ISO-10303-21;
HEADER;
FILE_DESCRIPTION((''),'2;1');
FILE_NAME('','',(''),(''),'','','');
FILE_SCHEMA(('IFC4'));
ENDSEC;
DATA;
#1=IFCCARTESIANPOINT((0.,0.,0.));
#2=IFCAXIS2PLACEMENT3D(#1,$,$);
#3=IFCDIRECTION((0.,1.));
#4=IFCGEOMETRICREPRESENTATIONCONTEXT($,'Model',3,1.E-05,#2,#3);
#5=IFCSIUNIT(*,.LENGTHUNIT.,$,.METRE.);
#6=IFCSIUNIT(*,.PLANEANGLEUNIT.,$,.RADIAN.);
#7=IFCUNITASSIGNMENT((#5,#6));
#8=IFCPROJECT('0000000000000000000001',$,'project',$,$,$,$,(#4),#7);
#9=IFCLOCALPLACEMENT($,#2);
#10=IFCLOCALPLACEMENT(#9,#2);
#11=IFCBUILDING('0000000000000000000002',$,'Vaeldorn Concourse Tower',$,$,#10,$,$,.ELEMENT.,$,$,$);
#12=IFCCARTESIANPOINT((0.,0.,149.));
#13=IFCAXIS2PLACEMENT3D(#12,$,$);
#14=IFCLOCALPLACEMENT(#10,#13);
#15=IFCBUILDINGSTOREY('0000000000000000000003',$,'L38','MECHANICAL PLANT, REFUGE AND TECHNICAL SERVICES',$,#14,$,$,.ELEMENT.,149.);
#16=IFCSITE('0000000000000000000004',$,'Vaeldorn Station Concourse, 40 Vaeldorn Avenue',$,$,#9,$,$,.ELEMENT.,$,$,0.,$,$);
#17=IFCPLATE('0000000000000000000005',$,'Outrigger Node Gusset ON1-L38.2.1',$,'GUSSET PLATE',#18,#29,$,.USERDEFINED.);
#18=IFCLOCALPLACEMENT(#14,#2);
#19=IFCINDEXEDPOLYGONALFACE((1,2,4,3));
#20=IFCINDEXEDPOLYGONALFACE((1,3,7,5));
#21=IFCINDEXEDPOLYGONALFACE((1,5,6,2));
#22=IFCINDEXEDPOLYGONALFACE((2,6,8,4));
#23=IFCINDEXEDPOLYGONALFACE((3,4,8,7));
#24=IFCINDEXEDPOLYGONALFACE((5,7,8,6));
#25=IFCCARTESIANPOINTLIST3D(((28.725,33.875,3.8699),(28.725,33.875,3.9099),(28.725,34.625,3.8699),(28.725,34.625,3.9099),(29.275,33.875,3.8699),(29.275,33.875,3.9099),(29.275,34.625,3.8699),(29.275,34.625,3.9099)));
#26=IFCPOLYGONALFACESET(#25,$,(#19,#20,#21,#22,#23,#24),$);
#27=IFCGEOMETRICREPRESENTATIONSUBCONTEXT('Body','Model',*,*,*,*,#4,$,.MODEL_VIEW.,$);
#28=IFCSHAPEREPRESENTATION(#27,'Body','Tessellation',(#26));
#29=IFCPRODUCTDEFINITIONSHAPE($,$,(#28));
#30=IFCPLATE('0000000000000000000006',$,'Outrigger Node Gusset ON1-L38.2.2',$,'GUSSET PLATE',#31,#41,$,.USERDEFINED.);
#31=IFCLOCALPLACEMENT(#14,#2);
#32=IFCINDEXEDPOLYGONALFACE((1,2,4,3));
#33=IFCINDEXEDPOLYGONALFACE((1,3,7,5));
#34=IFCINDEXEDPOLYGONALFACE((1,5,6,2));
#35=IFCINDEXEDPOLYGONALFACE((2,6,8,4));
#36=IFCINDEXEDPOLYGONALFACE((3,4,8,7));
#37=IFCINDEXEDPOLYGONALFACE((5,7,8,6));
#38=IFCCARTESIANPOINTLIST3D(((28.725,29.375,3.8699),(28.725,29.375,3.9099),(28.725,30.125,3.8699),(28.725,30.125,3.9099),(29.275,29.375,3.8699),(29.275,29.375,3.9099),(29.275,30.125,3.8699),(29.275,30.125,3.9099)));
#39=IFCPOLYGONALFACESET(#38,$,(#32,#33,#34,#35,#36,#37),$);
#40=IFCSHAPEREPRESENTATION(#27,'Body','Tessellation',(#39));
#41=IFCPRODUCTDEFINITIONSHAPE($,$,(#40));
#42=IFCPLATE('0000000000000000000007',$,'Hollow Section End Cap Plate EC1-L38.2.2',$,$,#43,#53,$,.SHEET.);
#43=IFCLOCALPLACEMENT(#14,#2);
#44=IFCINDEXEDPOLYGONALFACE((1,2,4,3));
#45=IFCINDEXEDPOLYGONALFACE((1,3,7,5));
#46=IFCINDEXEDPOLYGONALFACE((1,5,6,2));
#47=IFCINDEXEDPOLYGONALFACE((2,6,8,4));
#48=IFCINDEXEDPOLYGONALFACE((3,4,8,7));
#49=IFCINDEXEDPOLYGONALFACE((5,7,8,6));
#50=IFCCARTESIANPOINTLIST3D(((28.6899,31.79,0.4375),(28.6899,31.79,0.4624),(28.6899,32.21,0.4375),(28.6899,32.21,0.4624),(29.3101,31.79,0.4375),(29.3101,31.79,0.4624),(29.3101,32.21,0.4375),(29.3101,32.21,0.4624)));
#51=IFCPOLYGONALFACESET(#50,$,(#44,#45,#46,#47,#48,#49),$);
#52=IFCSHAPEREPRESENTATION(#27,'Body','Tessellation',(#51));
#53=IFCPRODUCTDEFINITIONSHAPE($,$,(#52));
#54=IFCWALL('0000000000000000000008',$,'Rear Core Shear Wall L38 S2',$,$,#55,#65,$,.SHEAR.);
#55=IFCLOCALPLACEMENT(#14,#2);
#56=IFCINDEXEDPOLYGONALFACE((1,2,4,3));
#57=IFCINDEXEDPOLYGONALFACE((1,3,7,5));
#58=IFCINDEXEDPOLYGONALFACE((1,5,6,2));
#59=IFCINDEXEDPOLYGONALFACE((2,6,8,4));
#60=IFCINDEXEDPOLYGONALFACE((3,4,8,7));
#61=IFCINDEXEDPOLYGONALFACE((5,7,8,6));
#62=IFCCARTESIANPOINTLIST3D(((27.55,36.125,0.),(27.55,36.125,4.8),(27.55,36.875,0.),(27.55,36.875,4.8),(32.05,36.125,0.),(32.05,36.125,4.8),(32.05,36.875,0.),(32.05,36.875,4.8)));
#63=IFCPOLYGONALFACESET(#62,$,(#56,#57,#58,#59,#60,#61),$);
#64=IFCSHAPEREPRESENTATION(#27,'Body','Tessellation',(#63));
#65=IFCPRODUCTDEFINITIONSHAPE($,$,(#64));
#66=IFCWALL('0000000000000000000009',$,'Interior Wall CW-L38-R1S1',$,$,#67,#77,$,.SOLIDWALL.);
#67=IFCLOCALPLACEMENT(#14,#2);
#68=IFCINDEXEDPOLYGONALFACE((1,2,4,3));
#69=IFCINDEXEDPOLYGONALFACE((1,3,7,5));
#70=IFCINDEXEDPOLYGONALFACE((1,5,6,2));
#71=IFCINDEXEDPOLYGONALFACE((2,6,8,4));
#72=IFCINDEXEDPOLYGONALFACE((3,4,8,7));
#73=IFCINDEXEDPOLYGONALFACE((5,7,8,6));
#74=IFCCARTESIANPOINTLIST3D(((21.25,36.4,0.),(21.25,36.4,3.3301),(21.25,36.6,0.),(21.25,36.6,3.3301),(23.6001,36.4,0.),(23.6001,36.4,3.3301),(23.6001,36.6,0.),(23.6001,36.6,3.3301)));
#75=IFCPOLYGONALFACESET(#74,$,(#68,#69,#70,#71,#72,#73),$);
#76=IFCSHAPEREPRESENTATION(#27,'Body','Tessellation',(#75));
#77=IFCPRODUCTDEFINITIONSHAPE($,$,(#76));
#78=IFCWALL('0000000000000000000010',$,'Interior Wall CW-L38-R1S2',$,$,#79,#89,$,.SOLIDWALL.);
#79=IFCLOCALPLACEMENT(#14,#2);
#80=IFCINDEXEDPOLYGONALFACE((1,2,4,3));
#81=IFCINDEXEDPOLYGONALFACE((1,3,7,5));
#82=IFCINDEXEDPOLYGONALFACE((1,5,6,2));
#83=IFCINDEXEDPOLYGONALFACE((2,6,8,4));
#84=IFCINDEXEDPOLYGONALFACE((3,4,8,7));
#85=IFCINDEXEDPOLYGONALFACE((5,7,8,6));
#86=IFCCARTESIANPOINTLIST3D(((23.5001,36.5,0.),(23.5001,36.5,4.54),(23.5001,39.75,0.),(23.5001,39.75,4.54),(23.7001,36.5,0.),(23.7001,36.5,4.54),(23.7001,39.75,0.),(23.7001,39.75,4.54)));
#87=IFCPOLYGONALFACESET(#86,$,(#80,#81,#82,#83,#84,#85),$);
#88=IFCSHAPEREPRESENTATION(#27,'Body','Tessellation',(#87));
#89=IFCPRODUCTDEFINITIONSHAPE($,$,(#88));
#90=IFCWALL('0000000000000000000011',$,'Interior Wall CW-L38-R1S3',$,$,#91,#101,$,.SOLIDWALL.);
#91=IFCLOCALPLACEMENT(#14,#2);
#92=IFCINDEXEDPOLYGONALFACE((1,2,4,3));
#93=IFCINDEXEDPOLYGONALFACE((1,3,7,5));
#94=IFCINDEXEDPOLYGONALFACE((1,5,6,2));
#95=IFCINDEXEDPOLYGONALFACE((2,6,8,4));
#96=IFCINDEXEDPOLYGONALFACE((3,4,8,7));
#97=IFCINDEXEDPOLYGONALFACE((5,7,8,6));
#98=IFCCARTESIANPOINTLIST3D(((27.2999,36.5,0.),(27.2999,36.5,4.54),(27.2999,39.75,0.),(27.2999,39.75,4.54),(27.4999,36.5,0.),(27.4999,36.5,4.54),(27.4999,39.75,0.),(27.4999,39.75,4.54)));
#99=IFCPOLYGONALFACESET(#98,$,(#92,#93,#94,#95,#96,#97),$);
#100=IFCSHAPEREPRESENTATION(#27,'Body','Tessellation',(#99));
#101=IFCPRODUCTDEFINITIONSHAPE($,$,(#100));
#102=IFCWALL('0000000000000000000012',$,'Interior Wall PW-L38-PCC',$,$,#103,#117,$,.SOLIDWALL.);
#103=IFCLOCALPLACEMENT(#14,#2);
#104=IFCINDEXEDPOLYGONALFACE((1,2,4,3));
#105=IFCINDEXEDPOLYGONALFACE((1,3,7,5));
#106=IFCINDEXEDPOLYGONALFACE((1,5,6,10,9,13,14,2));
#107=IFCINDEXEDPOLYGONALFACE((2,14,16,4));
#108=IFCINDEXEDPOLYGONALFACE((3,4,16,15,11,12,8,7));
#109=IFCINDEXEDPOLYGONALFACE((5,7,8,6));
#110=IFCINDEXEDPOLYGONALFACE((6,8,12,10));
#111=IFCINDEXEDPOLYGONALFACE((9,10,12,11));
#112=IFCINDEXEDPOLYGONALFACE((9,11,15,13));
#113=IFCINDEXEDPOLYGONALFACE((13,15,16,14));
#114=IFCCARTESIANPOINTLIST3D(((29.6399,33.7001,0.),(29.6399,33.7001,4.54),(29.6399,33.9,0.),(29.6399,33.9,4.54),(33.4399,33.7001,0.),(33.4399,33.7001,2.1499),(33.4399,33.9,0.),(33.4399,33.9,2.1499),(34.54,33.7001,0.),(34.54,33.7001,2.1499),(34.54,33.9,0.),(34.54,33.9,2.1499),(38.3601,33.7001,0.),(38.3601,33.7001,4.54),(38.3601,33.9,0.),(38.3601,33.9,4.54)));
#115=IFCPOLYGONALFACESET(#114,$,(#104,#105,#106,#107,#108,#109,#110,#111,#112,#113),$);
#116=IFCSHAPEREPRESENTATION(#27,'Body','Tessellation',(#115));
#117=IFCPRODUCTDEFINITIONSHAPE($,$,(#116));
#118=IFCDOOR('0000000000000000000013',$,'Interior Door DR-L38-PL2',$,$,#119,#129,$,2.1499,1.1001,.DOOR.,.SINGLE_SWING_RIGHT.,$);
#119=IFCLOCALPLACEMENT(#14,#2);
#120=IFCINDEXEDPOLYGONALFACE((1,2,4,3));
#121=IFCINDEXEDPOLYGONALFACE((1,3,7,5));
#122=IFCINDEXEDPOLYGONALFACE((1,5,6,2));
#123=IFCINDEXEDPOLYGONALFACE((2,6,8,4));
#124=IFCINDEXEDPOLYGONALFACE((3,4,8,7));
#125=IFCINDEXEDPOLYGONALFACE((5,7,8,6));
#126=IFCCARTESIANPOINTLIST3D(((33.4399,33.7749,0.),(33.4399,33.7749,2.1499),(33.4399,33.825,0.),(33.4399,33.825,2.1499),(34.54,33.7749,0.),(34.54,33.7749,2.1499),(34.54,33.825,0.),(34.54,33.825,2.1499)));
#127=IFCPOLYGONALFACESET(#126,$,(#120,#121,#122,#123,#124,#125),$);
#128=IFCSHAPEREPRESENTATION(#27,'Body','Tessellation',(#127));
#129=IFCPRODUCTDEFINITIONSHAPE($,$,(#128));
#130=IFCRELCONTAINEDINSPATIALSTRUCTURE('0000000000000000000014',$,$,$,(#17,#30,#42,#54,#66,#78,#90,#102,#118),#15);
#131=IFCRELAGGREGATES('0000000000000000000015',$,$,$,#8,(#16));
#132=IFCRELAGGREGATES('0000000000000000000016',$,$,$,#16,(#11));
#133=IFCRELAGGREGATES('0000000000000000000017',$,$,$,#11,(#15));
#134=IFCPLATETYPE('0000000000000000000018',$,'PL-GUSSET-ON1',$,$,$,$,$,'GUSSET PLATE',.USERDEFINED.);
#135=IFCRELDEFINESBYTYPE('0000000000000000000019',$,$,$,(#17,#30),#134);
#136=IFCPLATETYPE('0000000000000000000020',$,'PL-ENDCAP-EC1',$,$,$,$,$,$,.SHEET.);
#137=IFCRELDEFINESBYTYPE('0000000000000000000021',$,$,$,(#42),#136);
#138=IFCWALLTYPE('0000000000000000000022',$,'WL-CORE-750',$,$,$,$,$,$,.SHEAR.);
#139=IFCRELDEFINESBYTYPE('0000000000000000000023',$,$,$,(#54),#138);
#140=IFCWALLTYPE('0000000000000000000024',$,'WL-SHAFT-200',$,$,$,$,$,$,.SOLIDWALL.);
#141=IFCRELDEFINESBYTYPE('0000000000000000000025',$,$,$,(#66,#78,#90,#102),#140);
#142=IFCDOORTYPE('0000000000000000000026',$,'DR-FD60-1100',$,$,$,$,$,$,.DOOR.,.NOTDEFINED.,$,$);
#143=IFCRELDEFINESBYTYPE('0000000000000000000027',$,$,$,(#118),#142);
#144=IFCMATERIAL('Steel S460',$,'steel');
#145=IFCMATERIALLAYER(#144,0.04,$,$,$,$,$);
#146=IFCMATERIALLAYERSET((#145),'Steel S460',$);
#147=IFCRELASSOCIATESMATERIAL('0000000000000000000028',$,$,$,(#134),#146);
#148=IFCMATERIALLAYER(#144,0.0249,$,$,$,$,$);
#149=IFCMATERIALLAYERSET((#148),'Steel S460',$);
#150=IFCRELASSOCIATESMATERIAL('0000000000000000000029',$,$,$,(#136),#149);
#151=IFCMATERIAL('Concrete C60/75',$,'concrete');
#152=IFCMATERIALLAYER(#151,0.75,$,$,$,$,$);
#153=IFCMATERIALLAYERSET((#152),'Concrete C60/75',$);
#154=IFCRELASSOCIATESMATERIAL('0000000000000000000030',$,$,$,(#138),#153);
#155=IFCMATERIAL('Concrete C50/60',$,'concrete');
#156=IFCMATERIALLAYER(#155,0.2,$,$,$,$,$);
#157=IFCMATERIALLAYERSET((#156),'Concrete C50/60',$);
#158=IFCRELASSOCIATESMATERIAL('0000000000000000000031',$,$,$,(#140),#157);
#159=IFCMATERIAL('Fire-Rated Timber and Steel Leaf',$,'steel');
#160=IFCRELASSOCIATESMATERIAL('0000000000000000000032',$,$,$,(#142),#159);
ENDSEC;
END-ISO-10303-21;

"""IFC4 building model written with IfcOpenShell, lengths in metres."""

from ifc_helpers import new_model, si_unit, direction, frame, frame_2d, origin, origin_2d, place, context, subcontext, project, spatial, rectangle, extrude, source, transform, mapped, material, layer, layer_set, type_object, element, fill, save


model = new_model("IFC4")

# Units and contexts
model_context = context("Model", 3, precision=1e-05, world=origin(), true_north=direction((0.0, 1.0)))
body_context = subcontext(model_context, "Body", "Model", "MODEL_VIEW")
ifc_project = project(units=[si_unit("LENGTHUNIT", "METRE"), si_unit("PLANEANGLEUNIT", "RADIAN")], contexts=[model_context])

# Site, building, storey
site_placement = place(None, origin())
site = spatial("IfcSite", under=ifc_project, at=site_placement, Name="Vaeldorn Station Concourse, 40 Vaeldorn Avenue", CompositionType="ELEMENT", RefElevation=0.0)
building_placement = place(site_placement, origin())
building = spatial("IfcBuilding", under=site, at=building_placement, Name="Vaeldorn Concourse Tower", CompositionType="ELEMENT")
storey_placement = place(building_placement, frame((0.0, 0.0, 149.0)))
storey = spatial("IfcBuildingStorey", under=building, at=storey_placement, Name="L38", Description="MECHANICAL PLANT, REFUGE AND TECHNICAL SERVICES", CompositionType="ELEMENT", Elevation=149.0)

# Shared definitions
ifc_material_1 = material(Name="Steel S460", Category="steel")

# Plates
ifc_layer_1 = layer(ifc_material_1, 0.04)
ifc_layer_set_1 = layer_set([ifc_layer_1], Name="Steel S460")
plate_type_1 = type_object("IfcPlateType", Name="PL-GUSSET-ON1", ElementType="GUSSET PLATE", PredefinedType="USERDEFINED", material=ifc_layer_set_1)
shared_shape_1 = source(origin(), body_context, "Body", "SweptSolid", [
    extrude(rectangle(XDim=0.75, YDim=0.55, at=origin_2d()), origin(), (0.0, 0.0, 1.0), 0.04),
])
for number, where, z_axis, x_axis, name in (
    (1, (29.0, 34.25, 3.8699), (0.0, 0.0, 1.0), (0.0, 1.0, 0.0), "Outrigger Node Gusset ON1-L38.2.1"),
    (2, (29.0, 29.75, 3.8699), (0.0, 0.0, 1.0), (0.0, 1.0, 0.0), "Outrigger Node Gusset ON1-L38.2.2"),
):
    element("IfcPlate", number, at=place(storey_placement, frame(where, z_axis=z_axis, x_axis=x_axis)), inside=storey, type_object=plate_type_1, Name=name, ObjectType="GUSSET PLATE", PredefinedType="USERDEFINED", context=body_context, shape_type="MappedRepresentation", body=[
        mapped(shared_shape_1, transform((0.0, 0.0, 0.0), scale=1.0)),
    ])
ifc_layer_2 = layer(ifc_material_1, 0.0249)
ifc_layer_set_2 = layer_set([ifc_layer_2], Name="Steel S460")
plate_type_2 = type_object("IfcPlateType", Name="PL-ENDCAP-EC1", PredefinedType="SHEET", material=ifc_layer_set_2)
shared_shape_2 = source(origin(), body_context, "Body", "SweptSolid", [
    extrude(rectangle(XDim=0.6201, YDim=0.4199, at=origin_2d()), origin(), (0.0, 0.0, 1.0), 0.0249),
])
plate_placement = place(storey_placement, frame((29.0, 32.0, 0.4375), z_axis=(0.0, 0.0, 1.0), x_axis=(1.0, 0.0, 0.0)))
element("IfcPlate", 3, at=plate_placement, inside=storey, type_object=plate_type_2, Name="Hollow Section End Cap Plate EC1-L38.2.2", PredefinedType="SHEET", context=body_context, shape_type="MappedRepresentation", body=[
    mapped(shared_shape_2, transform((0.0, 0.0, 0.0), scale=1.0)),
])

# Walls
ifc_material_2 = material(Name="Concrete C60/75", Category="concrete")
ifc_layer_3 = layer(ifc_material_2, 0.75)
ifc_layer_set_3 = layer_set([ifc_layer_3], Name="Concrete C60/75")
wall_type_1 = type_object("IfcWallType", Name="WL-CORE-750", PredefinedType="SHEAR", material=ifc_layer_set_3)
wall_1_placement = place(storey_placement, frame((27.55, 36.5, 0.0), z_axis=(0.0, 0.0, 1.0), x_axis=(1.0, 0.0, 0.0)))
element("IfcWall", 4, at=wall_1_placement, inside=storey, type_object=wall_type_1, Name="Rear Core Shear Wall L38 S2", PredefinedType="SHEAR", context=body_context, shape_type="SweptSolid", body=[
    extrude(rectangle(XDim=4.5, YDim=0.75, at=frame_2d((2.25, 0.0))), origin(), (0.0, 0.0, 1.0), 4.8),
])
ifc_material_3 = material(Name="Concrete C50/60", Category="concrete")
ifc_layer_4 = layer(ifc_material_3, 0.2)
ifc_layer_set_4 = layer_set([ifc_layer_4], Name="Concrete C50/60")
wall_type_2 = type_object("IfcWallType", Name="WL-SHAFT-200", PredefinedType="SOLIDWALL", material=ifc_layer_set_4)
wall_2_placement = place(storey_placement, frame((21.25, 36.5, 0.0), z_axis=(0.0, 0.0, 1.0), x_axis=(1.0, 0.0, 0.0)))
element("IfcWall", 5, at=wall_2_placement, inside=storey, type_object=wall_type_2, Name="Interior Wall CW-L38-R1S1", PredefinedType="SOLIDWALL", context=body_context, shape_type="SweptSolid", body=[
    extrude(rectangle(XDim=2.3501, YDim=0.2, at=frame_2d((1.175, 0.0))), origin(), (0.0, 0.0, 1.0), 3.3301),
])
for number, where, z_axis, x_axis, name in (
    (6, (23.6001, 36.5, 0.0), (0.0, 0.0, 1.0), (0.0, 1.0, 0.0), "Interior Wall CW-L38-R1S2"),
    (7, (27.3999, 36.5, 0.0), (0.0, 0.0, 1.0), (0.0, 1.0, 0.0), "Interior Wall CW-L38-R1S3"),
):
    element("IfcWall", number, at=place(storey_placement, frame(where, z_axis=z_axis, x_axis=x_axis)), inside=storey, type_object=wall_type_2, Name=name, PredefinedType="SOLIDWALL", context=body_context, shape_type="SweptSolid", body=[
        extrude(rectangle(XDim=3.25, YDim=0.2, at=frame_2d((1.625, 0.0))), origin(), (0.0, 0.0, 1.0), 4.54),
    ])

# Wall, opening, door
wall_3_placement = place(storey_placement, frame((29.6399, 33.8, 0.0), z_axis=(0.0, 0.0, 1.0), x_axis=(1.0, 0.0, 0.0)))
wall_3 = element("IfcWall", 8, at=wall_3_placement, inside=storey, type_object=wall_type_2, Name="Interior Wall PW-L38-PCC", PredefinedType="SOLIDWALL", context=body_context, shape_type="SweptSolid", body=[
    extrude(rectangle(XDim=8.7202, YDim=0.2, at=frame_2d((4.3601, 0.0))), origin(), (0.0, 0.0, 1.0), 4.54),
])
opening_placement = place(wall_3_placement, frame((3.8, 0.0, 0.0)))
opening = element("IfcOpeningElement", 9, at=opening_placement, cuts=wall_3, PredefinedType="OPENING", context=body_context, shape_type="SweptSolid", body=[
    extrude(rectangle(XDim=1.1001, YDim=2.1499, at=frame_2d((0.55, 1.075))), frame((0.0, 0.1099, 0.0), z_axis=(0.0, -1.0, 0.0), x_axis=(1.0, 0.0, 0.0)), (0.0, 0.0, 1.0), 0.22),
])
ifc_material_4 = material(Name="Fire-Rated Timber and Steel Leaf", Category="steel")
door_type = type_object("IfcDoorType", Name="DR-FD60-1100", OperationType="NOTDEFINED", PredefinedType="DOOR", material=ifc_material_4)
shared_shape_3 = source(origin(), body_context, "Body", "SweptSolid", [
    extrude(rectangle(XDim=1.1001, YDim=2.1499, at=frame_2d((0.55, 1.075))), frame((0.0, 0.0249, 0.0), z_axis=(0.0, -1.0, 0.0), x_axis=(1.0, 0.0, 0.0)), (0.0, 0.0, 1.0), 0.05),
])
door_placement = place(opening_placement, origin())
door = element("IfcDoor", 10, at=door_placement, inside=storey, type_object=door_type, Name="Interior Door DR-L38-PL2", OperationType="SINGLE_SWING_RIGHT", OverallHeight=2.1499, OverallWidth=1.1001, PredefinedType="DOOR", context=body_context, shape_type="MappedRepresentation", body=[
    mapped(shared_shape_3, transform((0.0, 0.0, 0.0), scale=1.0)),
])
fill(opening, door)

save(model, "model.ifc")
